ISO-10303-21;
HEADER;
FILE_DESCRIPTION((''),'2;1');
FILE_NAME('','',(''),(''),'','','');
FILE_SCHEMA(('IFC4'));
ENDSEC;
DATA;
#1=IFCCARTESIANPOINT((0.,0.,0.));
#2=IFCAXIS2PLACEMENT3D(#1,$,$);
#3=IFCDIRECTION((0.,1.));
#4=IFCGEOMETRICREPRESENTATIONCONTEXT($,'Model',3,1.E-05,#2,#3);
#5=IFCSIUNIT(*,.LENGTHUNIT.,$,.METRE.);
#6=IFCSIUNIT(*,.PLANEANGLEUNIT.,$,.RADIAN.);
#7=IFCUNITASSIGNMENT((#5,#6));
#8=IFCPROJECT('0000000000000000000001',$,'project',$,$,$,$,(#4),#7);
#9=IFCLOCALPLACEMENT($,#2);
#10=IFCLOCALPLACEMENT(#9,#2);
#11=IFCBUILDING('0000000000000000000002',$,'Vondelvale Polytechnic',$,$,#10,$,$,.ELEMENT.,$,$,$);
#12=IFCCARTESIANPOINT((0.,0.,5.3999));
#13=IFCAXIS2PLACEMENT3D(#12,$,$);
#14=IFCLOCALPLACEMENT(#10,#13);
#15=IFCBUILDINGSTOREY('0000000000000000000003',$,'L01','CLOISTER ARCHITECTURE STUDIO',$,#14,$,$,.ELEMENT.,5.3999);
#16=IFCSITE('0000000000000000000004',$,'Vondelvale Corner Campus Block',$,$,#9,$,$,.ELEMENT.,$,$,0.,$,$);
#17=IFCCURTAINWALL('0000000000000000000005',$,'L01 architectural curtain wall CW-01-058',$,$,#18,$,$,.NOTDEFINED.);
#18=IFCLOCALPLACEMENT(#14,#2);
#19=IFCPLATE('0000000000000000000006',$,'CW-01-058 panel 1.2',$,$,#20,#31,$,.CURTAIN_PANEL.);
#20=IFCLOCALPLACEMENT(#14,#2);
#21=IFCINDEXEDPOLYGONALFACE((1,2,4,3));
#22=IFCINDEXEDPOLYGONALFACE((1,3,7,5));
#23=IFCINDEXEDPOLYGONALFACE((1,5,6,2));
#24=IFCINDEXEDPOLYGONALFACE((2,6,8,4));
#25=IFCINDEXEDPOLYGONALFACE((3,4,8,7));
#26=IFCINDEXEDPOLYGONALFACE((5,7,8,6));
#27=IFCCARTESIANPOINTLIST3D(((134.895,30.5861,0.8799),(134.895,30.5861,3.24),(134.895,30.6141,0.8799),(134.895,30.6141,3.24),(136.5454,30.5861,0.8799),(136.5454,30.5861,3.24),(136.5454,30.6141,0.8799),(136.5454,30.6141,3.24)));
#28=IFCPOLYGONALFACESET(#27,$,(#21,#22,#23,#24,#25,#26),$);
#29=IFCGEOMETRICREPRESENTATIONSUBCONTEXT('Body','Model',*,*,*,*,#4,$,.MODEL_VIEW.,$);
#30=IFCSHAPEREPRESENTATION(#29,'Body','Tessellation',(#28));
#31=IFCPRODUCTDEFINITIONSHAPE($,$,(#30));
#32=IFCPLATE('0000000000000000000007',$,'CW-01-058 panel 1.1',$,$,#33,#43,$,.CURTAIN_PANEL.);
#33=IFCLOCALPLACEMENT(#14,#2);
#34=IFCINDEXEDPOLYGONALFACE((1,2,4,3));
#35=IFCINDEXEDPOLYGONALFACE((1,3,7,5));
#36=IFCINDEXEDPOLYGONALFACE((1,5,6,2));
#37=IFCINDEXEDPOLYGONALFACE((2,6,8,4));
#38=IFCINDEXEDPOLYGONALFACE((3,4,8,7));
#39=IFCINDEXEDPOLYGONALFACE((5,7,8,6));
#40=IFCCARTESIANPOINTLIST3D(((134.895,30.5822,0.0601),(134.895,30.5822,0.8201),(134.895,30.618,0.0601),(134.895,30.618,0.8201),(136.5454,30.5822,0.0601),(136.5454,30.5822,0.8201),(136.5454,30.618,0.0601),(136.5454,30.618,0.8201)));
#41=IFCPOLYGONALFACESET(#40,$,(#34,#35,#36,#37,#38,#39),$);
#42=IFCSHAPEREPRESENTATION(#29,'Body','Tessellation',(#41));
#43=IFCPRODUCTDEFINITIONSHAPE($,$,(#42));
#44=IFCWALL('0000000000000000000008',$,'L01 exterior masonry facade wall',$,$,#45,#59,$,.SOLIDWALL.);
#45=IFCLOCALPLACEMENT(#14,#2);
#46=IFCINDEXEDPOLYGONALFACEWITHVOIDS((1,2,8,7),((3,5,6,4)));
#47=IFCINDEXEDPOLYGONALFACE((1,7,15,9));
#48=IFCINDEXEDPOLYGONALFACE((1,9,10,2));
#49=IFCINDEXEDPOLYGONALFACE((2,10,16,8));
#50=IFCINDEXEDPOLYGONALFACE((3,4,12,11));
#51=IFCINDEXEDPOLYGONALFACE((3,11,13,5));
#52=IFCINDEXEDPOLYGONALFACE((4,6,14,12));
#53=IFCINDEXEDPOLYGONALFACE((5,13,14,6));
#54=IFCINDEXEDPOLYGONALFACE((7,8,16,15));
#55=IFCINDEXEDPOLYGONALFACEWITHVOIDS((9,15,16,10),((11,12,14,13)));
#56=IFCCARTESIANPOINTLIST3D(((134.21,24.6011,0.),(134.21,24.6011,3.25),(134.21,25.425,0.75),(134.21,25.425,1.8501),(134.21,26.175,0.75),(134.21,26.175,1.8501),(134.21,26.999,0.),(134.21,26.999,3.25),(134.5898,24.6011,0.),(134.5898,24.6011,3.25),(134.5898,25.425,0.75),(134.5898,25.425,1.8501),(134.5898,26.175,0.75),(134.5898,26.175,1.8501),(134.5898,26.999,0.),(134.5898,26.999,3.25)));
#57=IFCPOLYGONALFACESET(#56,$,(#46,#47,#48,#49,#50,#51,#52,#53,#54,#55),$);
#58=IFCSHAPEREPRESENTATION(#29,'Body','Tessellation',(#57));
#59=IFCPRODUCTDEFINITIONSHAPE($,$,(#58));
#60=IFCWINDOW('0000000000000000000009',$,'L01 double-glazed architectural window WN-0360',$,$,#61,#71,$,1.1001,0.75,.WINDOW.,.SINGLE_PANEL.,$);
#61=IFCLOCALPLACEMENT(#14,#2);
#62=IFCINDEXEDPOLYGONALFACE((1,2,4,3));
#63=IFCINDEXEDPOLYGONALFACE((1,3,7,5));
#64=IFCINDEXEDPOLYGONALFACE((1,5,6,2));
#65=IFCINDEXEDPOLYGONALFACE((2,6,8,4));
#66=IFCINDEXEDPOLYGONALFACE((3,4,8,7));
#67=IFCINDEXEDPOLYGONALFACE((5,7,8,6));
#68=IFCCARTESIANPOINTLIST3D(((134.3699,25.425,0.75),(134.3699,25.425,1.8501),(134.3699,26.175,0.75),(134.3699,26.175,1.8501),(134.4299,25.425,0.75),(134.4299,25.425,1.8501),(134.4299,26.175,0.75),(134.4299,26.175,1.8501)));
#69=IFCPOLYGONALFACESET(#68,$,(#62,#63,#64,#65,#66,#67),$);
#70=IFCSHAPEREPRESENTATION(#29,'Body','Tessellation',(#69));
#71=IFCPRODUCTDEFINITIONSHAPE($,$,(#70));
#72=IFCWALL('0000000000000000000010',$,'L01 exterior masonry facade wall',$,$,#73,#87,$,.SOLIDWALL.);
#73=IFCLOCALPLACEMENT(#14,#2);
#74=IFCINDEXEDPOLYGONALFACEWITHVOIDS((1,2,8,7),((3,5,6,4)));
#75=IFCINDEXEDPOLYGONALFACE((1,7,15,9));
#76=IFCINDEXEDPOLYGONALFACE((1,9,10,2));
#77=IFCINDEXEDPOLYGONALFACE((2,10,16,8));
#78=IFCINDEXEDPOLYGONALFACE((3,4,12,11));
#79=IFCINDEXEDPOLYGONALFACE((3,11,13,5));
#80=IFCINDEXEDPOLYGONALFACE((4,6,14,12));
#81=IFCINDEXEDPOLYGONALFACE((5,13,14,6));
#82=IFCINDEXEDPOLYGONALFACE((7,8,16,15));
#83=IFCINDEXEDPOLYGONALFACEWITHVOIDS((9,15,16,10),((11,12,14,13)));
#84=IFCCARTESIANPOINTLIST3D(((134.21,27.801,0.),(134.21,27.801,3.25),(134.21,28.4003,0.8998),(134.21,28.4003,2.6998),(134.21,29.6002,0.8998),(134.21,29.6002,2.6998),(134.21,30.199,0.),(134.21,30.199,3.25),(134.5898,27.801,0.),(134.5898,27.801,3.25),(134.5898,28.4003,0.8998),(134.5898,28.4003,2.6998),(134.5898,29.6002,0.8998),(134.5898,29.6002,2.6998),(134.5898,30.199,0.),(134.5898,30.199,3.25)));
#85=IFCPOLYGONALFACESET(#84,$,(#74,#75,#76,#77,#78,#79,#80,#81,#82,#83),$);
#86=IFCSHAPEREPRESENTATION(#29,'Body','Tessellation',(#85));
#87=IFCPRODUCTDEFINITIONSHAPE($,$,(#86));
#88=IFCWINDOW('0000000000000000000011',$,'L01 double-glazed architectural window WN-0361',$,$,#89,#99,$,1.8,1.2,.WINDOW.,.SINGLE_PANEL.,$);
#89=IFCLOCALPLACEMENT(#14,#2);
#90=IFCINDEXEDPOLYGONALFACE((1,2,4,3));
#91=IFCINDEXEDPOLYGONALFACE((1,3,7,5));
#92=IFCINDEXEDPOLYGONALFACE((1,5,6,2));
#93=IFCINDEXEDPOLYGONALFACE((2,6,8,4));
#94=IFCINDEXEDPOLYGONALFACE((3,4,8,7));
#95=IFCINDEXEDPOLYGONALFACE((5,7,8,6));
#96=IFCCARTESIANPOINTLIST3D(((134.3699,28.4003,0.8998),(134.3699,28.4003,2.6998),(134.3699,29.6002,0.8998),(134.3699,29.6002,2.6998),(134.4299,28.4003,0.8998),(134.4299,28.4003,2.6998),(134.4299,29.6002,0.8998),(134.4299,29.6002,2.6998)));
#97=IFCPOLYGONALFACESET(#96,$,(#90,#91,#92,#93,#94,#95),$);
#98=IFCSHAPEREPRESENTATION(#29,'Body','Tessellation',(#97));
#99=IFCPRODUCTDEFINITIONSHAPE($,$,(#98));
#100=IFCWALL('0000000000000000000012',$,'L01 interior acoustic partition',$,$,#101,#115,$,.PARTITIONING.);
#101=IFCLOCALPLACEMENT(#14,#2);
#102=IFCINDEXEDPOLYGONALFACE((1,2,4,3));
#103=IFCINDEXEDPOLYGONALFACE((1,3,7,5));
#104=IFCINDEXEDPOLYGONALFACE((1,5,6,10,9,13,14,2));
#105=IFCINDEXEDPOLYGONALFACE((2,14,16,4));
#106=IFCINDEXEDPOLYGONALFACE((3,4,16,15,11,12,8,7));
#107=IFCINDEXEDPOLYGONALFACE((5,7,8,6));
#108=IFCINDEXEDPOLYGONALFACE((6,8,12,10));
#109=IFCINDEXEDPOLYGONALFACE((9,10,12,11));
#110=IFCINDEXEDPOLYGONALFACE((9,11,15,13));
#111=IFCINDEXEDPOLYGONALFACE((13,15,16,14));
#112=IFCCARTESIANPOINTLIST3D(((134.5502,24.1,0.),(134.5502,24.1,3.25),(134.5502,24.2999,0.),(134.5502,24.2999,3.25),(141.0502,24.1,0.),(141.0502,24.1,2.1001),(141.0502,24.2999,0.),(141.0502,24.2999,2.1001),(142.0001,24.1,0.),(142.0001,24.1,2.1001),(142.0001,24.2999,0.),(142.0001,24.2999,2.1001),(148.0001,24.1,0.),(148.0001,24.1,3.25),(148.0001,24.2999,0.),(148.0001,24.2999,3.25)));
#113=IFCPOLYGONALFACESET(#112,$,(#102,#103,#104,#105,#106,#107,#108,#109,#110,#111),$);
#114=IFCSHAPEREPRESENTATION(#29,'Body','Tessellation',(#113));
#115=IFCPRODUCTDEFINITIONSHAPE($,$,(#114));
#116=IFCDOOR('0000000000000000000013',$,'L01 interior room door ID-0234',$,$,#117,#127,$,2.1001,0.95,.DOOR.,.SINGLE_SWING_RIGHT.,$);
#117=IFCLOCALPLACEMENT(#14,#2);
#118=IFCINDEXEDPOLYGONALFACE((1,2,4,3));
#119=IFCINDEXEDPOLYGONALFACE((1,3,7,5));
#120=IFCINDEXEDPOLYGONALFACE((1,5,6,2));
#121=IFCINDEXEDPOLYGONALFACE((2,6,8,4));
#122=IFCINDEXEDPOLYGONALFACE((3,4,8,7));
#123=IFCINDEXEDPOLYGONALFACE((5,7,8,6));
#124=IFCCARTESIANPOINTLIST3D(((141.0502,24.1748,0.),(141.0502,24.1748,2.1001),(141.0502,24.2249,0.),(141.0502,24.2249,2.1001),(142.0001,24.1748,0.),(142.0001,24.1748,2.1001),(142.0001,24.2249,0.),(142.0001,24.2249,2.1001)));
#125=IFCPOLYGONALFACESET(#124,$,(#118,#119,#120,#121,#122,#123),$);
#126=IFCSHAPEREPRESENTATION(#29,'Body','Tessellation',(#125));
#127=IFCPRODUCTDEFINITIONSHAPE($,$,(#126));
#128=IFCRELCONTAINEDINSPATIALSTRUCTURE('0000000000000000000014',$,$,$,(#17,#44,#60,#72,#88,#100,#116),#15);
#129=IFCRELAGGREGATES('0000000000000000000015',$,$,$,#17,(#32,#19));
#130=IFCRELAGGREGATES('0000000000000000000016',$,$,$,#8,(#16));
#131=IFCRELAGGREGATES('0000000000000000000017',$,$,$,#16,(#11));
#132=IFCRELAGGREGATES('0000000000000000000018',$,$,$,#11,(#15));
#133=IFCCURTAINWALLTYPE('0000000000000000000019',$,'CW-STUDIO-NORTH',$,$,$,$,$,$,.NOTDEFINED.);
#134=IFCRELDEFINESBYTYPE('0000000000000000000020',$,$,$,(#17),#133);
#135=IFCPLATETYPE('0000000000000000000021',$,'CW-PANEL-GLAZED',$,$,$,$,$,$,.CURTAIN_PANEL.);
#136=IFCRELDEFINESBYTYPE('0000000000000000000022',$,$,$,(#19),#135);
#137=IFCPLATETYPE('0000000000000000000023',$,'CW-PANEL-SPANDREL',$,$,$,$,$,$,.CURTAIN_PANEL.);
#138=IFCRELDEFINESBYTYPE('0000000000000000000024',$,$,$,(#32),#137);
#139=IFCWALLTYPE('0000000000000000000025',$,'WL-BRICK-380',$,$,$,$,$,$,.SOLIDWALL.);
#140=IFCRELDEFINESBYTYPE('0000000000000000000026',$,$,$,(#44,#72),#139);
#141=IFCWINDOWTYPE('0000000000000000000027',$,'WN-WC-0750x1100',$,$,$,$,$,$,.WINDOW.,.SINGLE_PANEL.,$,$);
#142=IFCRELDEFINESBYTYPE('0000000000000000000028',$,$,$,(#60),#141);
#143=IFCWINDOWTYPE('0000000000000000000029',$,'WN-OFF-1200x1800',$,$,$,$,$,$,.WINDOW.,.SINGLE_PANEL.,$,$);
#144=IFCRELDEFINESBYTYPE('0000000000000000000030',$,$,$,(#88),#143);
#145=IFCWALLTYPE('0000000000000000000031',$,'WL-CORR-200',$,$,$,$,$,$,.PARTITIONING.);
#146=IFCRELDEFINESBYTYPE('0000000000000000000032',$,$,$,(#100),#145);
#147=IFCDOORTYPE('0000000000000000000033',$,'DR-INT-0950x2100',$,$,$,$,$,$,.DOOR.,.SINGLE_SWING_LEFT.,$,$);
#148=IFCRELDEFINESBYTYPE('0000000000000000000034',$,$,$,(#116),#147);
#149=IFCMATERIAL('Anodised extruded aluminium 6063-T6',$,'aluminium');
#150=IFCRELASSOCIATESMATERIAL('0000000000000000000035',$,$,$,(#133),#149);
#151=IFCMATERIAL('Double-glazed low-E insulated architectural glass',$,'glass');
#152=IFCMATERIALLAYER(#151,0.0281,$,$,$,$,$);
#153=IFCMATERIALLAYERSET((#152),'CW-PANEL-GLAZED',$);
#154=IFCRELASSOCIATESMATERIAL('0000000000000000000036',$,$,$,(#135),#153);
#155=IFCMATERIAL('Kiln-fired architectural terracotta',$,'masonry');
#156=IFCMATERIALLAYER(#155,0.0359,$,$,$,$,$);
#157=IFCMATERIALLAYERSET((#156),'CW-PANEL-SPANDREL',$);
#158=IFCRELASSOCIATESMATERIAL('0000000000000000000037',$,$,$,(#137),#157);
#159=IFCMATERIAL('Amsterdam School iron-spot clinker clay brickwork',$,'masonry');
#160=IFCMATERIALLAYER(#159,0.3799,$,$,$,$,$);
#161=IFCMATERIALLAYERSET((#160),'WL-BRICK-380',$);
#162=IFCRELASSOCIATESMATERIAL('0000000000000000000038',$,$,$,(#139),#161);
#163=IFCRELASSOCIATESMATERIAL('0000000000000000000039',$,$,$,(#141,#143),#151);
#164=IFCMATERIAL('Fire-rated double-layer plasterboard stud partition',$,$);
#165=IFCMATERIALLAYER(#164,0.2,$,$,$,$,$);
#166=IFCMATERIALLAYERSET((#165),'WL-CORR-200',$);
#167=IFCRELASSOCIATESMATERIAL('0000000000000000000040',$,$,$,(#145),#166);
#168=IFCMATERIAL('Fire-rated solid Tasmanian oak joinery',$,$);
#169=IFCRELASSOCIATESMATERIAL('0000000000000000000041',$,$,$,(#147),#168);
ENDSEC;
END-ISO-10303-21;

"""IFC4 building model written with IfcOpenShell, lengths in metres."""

from ifc_helpers import new_model, si_unit, direction, frame, frame_2d, origin, origin_2d, place, context, subcontext, project, spatial, rectangle, extrude, material, layer, layer_set, type_object, element, fill, aggregate, save


model = new_model("IFC4")

# Units and contexts
model_context = context("Model", 3, precision=1e-05, world=origin(), true_north=direction((0.0, 1.0)))
body_context = subcontext(model_context, "Body", "Model", "MODEL_VIEW")
ifc_project = project(units=[si_unit("LENGTHUNIT", "METRE"), si_unit("PLANEANGLEUNIT", "RADIAN")], contexts=[model_context])

# Site, building, storey
site_placement = place(None, origin())
site = spatial("IfcSite", under=ifc_project, at=site_placement, Name="Vondelvale Corner Campus Block", CompositionType="ELEMENT", RefElevation=0.0)
building_placement = place(site_placement, origin())
building = spatial("IfcBuilding", under=site, at=building_placement, Name="Vondelvale Polytechnic", CompositionType="ELEMENT")
storey_placement = place(building_placement, frame((0.0, 0.0, 5.3999)))
storey = spatial("IfcBuildingStorey", under=building, at=storey_placement, Name="L01", Description="CLOISTER ARCHITECTURE STUDIO", CompositionType="ELEMENT", Elevation=5.3999)

# Curtain wall
ifc_material_1 = material(Name="Anodised extruded aluminium 6063-T6", Category="aluminium")
curtain_wall_type = type_object("IfcCurtainWallType", Name="CW-STUDIO-NORTH", PredefinedType="NOTDEFINED", material=ifc_material_1)
curtain_wall_placement = place(storey_placement, origin())
curtain_wall = element("IfcCurtainWall", 1, at=curtain_wall_placement, inside=storey, type_object=curtain_wall_type, Name="L01 architectural curtain wall CW-01-058", PredefinedType="NOTDEFINED")

# Plates
ifc_material_2 = material(Name="Double-glazed low-E insulated architectural glass", Category="glass")
ifc_layer_1 = layer(ifc_material_2, 0.0281)
ifc_layer_set_1 = layer_set([ifc_layer_1], Name="CW-PANEL-GLAZED")
plate_type_1 = type_object("IfcPlateType", Name="CW-PANEL-GLAZED", PredefinedType="CURTAIN_PANEL", material=ifc_layer_set_1)
plate_1_placement = place(storey_placement, frame((135.7202, 30.6001, 0.8799), z_axis=(0.0, 0.0, 1.0), x_axis=(1.0, 0.0, 0.0)))
plate_1 = element("IfcPlate", 2, at=plate_1_placement, type_object=plate_type_1, Name="CW-01-058 panel 1.2", PredefinedType="CURTAIN_PANEL", context=body_context, shape_type="SweptSolid", body=[
    extrude(rectangle(XDim=1.6504, YDim=0.0281, at=origin_2d()), origin(), (0.0, 0.0, 1.0), 2.3601),
])
ifc_material_3 = material(Name="Kiln-fired architectural terracotta", Category="masonry")
ifc_layer_2 = layer(ifc_material_3, 0.0359)
ifc_layer_set_2 = layer_set([ifc_layer_2], Name="CW-PANEL-SPANDREL")
plate_type_2 = type_object("IfcPlateType", Name="CW-PANEL-SPANDREL", PredefinedType="CURTAIN_PANEL", material=ifc_layer_set_2)
plate_2_placement = place(storey_placement, frame((135.7202, 30.6001, 0.0601), z_axis=(0.0, 0.0, 1.0), x_axis=(1.0, 0.0, 0.0)))
plate_2 = element("IfcPlate", 3, at=plate_2_placement, type_object=plate_type_2, Name="CW-01-058 panel 1.1", PredefinedType="CURTAIN_PANEL", context=body_context, shape_type="SweptSolid", body=[
    extrude(rectangle(XDim=1.6504, YDim=0.0359, at=origin_2d()), origin(), (0.0, 0.0, 1.0), 0.76),
])
aggregate(curtain_wall, [plate_2, plate_1])

# Walls, openings, windows
ifc_material_4 = material(Name="Amsterdam School iron-spot clinker clay brickwork", Category="masonry")
ifc_layer_3 = layer(ifc_material_4, 0.3799)
ifc_layer_set_3 = layer_set([ifc_layer_3], Name="WL-BRICK-380")
wall_type_1 = type_object("IfcWallType", Name="WL-BRICK-380", PredefinedType="SOLIDWALL", material=ifc_layer_set_3)
wall_1_placement = place(storey_placement, frame((134.3999, 24.6011, 0.0), z_axis=(0.0, 0.0, 1.0), x_axis=(0.0, 1.0, 0.0)))
wall_1 = element("IfcWall", 4, at=wall_1_placement, inside=storey, type_object=wall_type_1, Name="L01 exterior masonry facade wall", PredefinedType="SOLIDWALL", context=body_context, shape_type="SweptSolid", body=[
    extrude(rectangle(XDim=2.3979, YDim=0.3799, at=frame_2d((1.199, 0.0))), origin(), (0.0, 0.0, 1.0), 3.25),
])
opening_1_placement = place(wall_1_placement, frame((0.824, 0.0, 0.75)))
opening_1 = element("IfcOpeningElement", 5, at=opening_1_placement, cuts=wall_1, PredefinedType="OPENING", context=body_context, shape_type="SweptSolid", body=[
    extrude(rectangle(XDim=0.75, YDim=1.1001, at=frame_2d((0.375, 0.55))), frame((0.0, 0.2, 0.0), z_axis=(0.0, -1.0, 0.0), x_axis=(1.0, 0.0, 0.0)), (0.0, 0.0, 1.0), 0.3999),
])
window_type_1 = type_object("IfcWindowType", Name="WN-WC-0750x1100", PartitioningType="SINGLE_PANEL", PredefinedType="WINDOW", material=ifc_material_2)
window_1_placement = place(opening_1_placement, origin())
window_1 = element("IfcWindow", 6, at=window_1_placement, inside=storey, type_object=window_type_1, Name="L01 double-glazed architectural window WN-0360", OverallHeight=1.1001, OverallWidth=0.75, PartitioningType="SINGLE_PANEL", PredefinedType="WINDOW", context=body_context, shape_type="SweptSolid", body=[
    extrude(rectangle(XDim=0.75, YDim=1.1001, at=frame_2d((0.375, 0.55))), frame((0.0, 0.03, 0.0), z_axis=(0.0, -1.0, 0.0), x_axis=(1.0, 0.0, 0.0)), (0.0, 0.0, 1.0), 0.0601),
])
fill(opening_1, window_1)
wall_2_placement = place(storey_placement, frame((134.3999, 27.801, 0.0), z_axis=(0.0, 0.0, 1.0), x_axis=(0.0, 1.0, 0.0)))
wall_2 = element("IfcWall", 7, at=wall_2_placement, inside=storey, type_object=wall_type_1, Name="L01 exterior masonry facade wall", PredefinedType="SOLIDWALL", context=body_context, shape_type="SweptSolid", body=[
    extrude(rectangle(XDim=2.3979, YDim=0.3799, at=frame_2d((1.199, 0.0))), origin(), (0.0, 0.0, 1.0), 3.25),
])
opening_2_placement = place(wall_2_placement, frame((0.5991, 0.0, 0.8999)))
opening_2 = element("IfcOpeningElement", 8, at=opening_2_placement, cuts=wall_2, PredefinedType="OPENING", context=body_context, shape_type="SweptSolid", body=[
    extrude(rectangle(XDim=1.2, YDim=1.8, at=frame_2d((0.6001, 0.8999))), frame((0.0, 0.2, 0.0), z_axis=(0.0, -1.0, 0.0), x_axis=(1.0, 0.0, 0.0)), (0.0, 0.0, 1.0), 0.3999),
])
window_type_2 = type_object("IfcWindowType", Name="WN-OFF-1200x1800", PartitioningType="SINGLE_PANEL", PredefinedType="WINDOW", material=ifc_material_2)
window_2_placement = place(opening_2_placement, origin())
window_2 = element("IfcWindow", 9, at=window_2_placement, inside=storey, type_object=window_type_2, Name="L01 double-glazed architectural window WN-0361", OverallHeight=1.8, OverallWidth=1.2, PartitioningType="SINGLE_PANEL", PredefinedType="WINDOW", context=body_context, shape_type="SweptSolid", body=[
    extrude(rectangle(XDim=1.2, YDim=1.8, at=frame_2d((0.6001, 0.8999))), frame((0.0, 0.03, 0.0), z_axis=(0.0, -1.0, 0.0), x_axis=(1.0, 0.0, 0.0)), (0.0, 0.0, 1.0), 0.0601),
])
fill(opening_2, window_2)

# Wall, opening, door
ifc_material_5 = material(Name="Fire-rated double-layer plasterboard stud partition")
ifc_layer_4 = layer(ifc_material_5, 0.2)
ifc_layer_set_4 = layer_set([ifc_layer_4], Name="WL-CORR-200")
wall_type_2 = type_object("IfcWallType", Name="WL-CORR-200", PredefinedType="PARTITIONING", material=ifc_layer_set_4)
wall_3_placement = place(storey_placement, frame((134.55, 24.2, 0.0), z_axis=(0.0, 0.0, 1.0), x_axis=(1.0, 0.0, 0.0)))
wall_3 = element("IfcWall", 10, at=wall_3_placement, inside=storey, type_object=wall_type_2, Name="L01 interior acoustic partition", PredefinedType="PARTITIONING", context=body_context, shape_type="SweptSolid", body=[
    extrude(rectangle(XDim=13.45, YDim=0.2, at=frame_2d((6.7251, 0.0))), origin(), (0.0, 0.0, 1.0), 3.25),
])
opening_3_placement = place(wall_3_placement, frame((6.5, 0.0, 0.0)))
opening_3 = element("IfcOpeningElement", 11, at=opening_3_placement, cuts=wall_3, PredefinedType="OPENING", context=body_context, shape_type="SweptSolid", body=[
    extrude(rectangle(XDim=0.95, YDim=2.1001, at=frame_2d((0.4751, 1.05))), frame((0.0, 0.1099, 0.0), z_axis=(0.0, -1.0, 0.0), x_axis=(1.0, 0.0, 0.0)), (0.0, 0.0, 1.0), 0.22),
])
ifc_material_6 = material(Name="Fire-rated solid Tasmanian oak joinery")
door_type = type_object("IfcDoorType", Name="DR-INT-0950x2100", OperationType="SINGLE_SWING_LEFT", PredefinedType="DOOR", material=ifc_material_6)
door_1_placement = place(opening_3_placement, origin())
door_1 = element("IfcDoor", 12, at=door_1_placement, inside=storey, type_object=door_type, Name="L01 interior room door ID-0234", OperationType="SINGLE_SWING_RIGHT", OverallHeight=2.1001, OverallWidth=0.95, PredefinedType="DOOR", context=body_context, shape_type="SweptSolid", body=[
    extrude(rectangle(XDim=0.95, YDim=2.1001, at=frame_2d((0.4751, 1.05))), frame((0.0, 0.0249, 0.0), z_axis=(0.0, -1.0, 0.0), x_axis=(1.0, 0.0, 0.0)), (0.0, 0.0, 1.0), 0.05),
])
fill(opening_3, door_1)

save(model, "model.ifc")
